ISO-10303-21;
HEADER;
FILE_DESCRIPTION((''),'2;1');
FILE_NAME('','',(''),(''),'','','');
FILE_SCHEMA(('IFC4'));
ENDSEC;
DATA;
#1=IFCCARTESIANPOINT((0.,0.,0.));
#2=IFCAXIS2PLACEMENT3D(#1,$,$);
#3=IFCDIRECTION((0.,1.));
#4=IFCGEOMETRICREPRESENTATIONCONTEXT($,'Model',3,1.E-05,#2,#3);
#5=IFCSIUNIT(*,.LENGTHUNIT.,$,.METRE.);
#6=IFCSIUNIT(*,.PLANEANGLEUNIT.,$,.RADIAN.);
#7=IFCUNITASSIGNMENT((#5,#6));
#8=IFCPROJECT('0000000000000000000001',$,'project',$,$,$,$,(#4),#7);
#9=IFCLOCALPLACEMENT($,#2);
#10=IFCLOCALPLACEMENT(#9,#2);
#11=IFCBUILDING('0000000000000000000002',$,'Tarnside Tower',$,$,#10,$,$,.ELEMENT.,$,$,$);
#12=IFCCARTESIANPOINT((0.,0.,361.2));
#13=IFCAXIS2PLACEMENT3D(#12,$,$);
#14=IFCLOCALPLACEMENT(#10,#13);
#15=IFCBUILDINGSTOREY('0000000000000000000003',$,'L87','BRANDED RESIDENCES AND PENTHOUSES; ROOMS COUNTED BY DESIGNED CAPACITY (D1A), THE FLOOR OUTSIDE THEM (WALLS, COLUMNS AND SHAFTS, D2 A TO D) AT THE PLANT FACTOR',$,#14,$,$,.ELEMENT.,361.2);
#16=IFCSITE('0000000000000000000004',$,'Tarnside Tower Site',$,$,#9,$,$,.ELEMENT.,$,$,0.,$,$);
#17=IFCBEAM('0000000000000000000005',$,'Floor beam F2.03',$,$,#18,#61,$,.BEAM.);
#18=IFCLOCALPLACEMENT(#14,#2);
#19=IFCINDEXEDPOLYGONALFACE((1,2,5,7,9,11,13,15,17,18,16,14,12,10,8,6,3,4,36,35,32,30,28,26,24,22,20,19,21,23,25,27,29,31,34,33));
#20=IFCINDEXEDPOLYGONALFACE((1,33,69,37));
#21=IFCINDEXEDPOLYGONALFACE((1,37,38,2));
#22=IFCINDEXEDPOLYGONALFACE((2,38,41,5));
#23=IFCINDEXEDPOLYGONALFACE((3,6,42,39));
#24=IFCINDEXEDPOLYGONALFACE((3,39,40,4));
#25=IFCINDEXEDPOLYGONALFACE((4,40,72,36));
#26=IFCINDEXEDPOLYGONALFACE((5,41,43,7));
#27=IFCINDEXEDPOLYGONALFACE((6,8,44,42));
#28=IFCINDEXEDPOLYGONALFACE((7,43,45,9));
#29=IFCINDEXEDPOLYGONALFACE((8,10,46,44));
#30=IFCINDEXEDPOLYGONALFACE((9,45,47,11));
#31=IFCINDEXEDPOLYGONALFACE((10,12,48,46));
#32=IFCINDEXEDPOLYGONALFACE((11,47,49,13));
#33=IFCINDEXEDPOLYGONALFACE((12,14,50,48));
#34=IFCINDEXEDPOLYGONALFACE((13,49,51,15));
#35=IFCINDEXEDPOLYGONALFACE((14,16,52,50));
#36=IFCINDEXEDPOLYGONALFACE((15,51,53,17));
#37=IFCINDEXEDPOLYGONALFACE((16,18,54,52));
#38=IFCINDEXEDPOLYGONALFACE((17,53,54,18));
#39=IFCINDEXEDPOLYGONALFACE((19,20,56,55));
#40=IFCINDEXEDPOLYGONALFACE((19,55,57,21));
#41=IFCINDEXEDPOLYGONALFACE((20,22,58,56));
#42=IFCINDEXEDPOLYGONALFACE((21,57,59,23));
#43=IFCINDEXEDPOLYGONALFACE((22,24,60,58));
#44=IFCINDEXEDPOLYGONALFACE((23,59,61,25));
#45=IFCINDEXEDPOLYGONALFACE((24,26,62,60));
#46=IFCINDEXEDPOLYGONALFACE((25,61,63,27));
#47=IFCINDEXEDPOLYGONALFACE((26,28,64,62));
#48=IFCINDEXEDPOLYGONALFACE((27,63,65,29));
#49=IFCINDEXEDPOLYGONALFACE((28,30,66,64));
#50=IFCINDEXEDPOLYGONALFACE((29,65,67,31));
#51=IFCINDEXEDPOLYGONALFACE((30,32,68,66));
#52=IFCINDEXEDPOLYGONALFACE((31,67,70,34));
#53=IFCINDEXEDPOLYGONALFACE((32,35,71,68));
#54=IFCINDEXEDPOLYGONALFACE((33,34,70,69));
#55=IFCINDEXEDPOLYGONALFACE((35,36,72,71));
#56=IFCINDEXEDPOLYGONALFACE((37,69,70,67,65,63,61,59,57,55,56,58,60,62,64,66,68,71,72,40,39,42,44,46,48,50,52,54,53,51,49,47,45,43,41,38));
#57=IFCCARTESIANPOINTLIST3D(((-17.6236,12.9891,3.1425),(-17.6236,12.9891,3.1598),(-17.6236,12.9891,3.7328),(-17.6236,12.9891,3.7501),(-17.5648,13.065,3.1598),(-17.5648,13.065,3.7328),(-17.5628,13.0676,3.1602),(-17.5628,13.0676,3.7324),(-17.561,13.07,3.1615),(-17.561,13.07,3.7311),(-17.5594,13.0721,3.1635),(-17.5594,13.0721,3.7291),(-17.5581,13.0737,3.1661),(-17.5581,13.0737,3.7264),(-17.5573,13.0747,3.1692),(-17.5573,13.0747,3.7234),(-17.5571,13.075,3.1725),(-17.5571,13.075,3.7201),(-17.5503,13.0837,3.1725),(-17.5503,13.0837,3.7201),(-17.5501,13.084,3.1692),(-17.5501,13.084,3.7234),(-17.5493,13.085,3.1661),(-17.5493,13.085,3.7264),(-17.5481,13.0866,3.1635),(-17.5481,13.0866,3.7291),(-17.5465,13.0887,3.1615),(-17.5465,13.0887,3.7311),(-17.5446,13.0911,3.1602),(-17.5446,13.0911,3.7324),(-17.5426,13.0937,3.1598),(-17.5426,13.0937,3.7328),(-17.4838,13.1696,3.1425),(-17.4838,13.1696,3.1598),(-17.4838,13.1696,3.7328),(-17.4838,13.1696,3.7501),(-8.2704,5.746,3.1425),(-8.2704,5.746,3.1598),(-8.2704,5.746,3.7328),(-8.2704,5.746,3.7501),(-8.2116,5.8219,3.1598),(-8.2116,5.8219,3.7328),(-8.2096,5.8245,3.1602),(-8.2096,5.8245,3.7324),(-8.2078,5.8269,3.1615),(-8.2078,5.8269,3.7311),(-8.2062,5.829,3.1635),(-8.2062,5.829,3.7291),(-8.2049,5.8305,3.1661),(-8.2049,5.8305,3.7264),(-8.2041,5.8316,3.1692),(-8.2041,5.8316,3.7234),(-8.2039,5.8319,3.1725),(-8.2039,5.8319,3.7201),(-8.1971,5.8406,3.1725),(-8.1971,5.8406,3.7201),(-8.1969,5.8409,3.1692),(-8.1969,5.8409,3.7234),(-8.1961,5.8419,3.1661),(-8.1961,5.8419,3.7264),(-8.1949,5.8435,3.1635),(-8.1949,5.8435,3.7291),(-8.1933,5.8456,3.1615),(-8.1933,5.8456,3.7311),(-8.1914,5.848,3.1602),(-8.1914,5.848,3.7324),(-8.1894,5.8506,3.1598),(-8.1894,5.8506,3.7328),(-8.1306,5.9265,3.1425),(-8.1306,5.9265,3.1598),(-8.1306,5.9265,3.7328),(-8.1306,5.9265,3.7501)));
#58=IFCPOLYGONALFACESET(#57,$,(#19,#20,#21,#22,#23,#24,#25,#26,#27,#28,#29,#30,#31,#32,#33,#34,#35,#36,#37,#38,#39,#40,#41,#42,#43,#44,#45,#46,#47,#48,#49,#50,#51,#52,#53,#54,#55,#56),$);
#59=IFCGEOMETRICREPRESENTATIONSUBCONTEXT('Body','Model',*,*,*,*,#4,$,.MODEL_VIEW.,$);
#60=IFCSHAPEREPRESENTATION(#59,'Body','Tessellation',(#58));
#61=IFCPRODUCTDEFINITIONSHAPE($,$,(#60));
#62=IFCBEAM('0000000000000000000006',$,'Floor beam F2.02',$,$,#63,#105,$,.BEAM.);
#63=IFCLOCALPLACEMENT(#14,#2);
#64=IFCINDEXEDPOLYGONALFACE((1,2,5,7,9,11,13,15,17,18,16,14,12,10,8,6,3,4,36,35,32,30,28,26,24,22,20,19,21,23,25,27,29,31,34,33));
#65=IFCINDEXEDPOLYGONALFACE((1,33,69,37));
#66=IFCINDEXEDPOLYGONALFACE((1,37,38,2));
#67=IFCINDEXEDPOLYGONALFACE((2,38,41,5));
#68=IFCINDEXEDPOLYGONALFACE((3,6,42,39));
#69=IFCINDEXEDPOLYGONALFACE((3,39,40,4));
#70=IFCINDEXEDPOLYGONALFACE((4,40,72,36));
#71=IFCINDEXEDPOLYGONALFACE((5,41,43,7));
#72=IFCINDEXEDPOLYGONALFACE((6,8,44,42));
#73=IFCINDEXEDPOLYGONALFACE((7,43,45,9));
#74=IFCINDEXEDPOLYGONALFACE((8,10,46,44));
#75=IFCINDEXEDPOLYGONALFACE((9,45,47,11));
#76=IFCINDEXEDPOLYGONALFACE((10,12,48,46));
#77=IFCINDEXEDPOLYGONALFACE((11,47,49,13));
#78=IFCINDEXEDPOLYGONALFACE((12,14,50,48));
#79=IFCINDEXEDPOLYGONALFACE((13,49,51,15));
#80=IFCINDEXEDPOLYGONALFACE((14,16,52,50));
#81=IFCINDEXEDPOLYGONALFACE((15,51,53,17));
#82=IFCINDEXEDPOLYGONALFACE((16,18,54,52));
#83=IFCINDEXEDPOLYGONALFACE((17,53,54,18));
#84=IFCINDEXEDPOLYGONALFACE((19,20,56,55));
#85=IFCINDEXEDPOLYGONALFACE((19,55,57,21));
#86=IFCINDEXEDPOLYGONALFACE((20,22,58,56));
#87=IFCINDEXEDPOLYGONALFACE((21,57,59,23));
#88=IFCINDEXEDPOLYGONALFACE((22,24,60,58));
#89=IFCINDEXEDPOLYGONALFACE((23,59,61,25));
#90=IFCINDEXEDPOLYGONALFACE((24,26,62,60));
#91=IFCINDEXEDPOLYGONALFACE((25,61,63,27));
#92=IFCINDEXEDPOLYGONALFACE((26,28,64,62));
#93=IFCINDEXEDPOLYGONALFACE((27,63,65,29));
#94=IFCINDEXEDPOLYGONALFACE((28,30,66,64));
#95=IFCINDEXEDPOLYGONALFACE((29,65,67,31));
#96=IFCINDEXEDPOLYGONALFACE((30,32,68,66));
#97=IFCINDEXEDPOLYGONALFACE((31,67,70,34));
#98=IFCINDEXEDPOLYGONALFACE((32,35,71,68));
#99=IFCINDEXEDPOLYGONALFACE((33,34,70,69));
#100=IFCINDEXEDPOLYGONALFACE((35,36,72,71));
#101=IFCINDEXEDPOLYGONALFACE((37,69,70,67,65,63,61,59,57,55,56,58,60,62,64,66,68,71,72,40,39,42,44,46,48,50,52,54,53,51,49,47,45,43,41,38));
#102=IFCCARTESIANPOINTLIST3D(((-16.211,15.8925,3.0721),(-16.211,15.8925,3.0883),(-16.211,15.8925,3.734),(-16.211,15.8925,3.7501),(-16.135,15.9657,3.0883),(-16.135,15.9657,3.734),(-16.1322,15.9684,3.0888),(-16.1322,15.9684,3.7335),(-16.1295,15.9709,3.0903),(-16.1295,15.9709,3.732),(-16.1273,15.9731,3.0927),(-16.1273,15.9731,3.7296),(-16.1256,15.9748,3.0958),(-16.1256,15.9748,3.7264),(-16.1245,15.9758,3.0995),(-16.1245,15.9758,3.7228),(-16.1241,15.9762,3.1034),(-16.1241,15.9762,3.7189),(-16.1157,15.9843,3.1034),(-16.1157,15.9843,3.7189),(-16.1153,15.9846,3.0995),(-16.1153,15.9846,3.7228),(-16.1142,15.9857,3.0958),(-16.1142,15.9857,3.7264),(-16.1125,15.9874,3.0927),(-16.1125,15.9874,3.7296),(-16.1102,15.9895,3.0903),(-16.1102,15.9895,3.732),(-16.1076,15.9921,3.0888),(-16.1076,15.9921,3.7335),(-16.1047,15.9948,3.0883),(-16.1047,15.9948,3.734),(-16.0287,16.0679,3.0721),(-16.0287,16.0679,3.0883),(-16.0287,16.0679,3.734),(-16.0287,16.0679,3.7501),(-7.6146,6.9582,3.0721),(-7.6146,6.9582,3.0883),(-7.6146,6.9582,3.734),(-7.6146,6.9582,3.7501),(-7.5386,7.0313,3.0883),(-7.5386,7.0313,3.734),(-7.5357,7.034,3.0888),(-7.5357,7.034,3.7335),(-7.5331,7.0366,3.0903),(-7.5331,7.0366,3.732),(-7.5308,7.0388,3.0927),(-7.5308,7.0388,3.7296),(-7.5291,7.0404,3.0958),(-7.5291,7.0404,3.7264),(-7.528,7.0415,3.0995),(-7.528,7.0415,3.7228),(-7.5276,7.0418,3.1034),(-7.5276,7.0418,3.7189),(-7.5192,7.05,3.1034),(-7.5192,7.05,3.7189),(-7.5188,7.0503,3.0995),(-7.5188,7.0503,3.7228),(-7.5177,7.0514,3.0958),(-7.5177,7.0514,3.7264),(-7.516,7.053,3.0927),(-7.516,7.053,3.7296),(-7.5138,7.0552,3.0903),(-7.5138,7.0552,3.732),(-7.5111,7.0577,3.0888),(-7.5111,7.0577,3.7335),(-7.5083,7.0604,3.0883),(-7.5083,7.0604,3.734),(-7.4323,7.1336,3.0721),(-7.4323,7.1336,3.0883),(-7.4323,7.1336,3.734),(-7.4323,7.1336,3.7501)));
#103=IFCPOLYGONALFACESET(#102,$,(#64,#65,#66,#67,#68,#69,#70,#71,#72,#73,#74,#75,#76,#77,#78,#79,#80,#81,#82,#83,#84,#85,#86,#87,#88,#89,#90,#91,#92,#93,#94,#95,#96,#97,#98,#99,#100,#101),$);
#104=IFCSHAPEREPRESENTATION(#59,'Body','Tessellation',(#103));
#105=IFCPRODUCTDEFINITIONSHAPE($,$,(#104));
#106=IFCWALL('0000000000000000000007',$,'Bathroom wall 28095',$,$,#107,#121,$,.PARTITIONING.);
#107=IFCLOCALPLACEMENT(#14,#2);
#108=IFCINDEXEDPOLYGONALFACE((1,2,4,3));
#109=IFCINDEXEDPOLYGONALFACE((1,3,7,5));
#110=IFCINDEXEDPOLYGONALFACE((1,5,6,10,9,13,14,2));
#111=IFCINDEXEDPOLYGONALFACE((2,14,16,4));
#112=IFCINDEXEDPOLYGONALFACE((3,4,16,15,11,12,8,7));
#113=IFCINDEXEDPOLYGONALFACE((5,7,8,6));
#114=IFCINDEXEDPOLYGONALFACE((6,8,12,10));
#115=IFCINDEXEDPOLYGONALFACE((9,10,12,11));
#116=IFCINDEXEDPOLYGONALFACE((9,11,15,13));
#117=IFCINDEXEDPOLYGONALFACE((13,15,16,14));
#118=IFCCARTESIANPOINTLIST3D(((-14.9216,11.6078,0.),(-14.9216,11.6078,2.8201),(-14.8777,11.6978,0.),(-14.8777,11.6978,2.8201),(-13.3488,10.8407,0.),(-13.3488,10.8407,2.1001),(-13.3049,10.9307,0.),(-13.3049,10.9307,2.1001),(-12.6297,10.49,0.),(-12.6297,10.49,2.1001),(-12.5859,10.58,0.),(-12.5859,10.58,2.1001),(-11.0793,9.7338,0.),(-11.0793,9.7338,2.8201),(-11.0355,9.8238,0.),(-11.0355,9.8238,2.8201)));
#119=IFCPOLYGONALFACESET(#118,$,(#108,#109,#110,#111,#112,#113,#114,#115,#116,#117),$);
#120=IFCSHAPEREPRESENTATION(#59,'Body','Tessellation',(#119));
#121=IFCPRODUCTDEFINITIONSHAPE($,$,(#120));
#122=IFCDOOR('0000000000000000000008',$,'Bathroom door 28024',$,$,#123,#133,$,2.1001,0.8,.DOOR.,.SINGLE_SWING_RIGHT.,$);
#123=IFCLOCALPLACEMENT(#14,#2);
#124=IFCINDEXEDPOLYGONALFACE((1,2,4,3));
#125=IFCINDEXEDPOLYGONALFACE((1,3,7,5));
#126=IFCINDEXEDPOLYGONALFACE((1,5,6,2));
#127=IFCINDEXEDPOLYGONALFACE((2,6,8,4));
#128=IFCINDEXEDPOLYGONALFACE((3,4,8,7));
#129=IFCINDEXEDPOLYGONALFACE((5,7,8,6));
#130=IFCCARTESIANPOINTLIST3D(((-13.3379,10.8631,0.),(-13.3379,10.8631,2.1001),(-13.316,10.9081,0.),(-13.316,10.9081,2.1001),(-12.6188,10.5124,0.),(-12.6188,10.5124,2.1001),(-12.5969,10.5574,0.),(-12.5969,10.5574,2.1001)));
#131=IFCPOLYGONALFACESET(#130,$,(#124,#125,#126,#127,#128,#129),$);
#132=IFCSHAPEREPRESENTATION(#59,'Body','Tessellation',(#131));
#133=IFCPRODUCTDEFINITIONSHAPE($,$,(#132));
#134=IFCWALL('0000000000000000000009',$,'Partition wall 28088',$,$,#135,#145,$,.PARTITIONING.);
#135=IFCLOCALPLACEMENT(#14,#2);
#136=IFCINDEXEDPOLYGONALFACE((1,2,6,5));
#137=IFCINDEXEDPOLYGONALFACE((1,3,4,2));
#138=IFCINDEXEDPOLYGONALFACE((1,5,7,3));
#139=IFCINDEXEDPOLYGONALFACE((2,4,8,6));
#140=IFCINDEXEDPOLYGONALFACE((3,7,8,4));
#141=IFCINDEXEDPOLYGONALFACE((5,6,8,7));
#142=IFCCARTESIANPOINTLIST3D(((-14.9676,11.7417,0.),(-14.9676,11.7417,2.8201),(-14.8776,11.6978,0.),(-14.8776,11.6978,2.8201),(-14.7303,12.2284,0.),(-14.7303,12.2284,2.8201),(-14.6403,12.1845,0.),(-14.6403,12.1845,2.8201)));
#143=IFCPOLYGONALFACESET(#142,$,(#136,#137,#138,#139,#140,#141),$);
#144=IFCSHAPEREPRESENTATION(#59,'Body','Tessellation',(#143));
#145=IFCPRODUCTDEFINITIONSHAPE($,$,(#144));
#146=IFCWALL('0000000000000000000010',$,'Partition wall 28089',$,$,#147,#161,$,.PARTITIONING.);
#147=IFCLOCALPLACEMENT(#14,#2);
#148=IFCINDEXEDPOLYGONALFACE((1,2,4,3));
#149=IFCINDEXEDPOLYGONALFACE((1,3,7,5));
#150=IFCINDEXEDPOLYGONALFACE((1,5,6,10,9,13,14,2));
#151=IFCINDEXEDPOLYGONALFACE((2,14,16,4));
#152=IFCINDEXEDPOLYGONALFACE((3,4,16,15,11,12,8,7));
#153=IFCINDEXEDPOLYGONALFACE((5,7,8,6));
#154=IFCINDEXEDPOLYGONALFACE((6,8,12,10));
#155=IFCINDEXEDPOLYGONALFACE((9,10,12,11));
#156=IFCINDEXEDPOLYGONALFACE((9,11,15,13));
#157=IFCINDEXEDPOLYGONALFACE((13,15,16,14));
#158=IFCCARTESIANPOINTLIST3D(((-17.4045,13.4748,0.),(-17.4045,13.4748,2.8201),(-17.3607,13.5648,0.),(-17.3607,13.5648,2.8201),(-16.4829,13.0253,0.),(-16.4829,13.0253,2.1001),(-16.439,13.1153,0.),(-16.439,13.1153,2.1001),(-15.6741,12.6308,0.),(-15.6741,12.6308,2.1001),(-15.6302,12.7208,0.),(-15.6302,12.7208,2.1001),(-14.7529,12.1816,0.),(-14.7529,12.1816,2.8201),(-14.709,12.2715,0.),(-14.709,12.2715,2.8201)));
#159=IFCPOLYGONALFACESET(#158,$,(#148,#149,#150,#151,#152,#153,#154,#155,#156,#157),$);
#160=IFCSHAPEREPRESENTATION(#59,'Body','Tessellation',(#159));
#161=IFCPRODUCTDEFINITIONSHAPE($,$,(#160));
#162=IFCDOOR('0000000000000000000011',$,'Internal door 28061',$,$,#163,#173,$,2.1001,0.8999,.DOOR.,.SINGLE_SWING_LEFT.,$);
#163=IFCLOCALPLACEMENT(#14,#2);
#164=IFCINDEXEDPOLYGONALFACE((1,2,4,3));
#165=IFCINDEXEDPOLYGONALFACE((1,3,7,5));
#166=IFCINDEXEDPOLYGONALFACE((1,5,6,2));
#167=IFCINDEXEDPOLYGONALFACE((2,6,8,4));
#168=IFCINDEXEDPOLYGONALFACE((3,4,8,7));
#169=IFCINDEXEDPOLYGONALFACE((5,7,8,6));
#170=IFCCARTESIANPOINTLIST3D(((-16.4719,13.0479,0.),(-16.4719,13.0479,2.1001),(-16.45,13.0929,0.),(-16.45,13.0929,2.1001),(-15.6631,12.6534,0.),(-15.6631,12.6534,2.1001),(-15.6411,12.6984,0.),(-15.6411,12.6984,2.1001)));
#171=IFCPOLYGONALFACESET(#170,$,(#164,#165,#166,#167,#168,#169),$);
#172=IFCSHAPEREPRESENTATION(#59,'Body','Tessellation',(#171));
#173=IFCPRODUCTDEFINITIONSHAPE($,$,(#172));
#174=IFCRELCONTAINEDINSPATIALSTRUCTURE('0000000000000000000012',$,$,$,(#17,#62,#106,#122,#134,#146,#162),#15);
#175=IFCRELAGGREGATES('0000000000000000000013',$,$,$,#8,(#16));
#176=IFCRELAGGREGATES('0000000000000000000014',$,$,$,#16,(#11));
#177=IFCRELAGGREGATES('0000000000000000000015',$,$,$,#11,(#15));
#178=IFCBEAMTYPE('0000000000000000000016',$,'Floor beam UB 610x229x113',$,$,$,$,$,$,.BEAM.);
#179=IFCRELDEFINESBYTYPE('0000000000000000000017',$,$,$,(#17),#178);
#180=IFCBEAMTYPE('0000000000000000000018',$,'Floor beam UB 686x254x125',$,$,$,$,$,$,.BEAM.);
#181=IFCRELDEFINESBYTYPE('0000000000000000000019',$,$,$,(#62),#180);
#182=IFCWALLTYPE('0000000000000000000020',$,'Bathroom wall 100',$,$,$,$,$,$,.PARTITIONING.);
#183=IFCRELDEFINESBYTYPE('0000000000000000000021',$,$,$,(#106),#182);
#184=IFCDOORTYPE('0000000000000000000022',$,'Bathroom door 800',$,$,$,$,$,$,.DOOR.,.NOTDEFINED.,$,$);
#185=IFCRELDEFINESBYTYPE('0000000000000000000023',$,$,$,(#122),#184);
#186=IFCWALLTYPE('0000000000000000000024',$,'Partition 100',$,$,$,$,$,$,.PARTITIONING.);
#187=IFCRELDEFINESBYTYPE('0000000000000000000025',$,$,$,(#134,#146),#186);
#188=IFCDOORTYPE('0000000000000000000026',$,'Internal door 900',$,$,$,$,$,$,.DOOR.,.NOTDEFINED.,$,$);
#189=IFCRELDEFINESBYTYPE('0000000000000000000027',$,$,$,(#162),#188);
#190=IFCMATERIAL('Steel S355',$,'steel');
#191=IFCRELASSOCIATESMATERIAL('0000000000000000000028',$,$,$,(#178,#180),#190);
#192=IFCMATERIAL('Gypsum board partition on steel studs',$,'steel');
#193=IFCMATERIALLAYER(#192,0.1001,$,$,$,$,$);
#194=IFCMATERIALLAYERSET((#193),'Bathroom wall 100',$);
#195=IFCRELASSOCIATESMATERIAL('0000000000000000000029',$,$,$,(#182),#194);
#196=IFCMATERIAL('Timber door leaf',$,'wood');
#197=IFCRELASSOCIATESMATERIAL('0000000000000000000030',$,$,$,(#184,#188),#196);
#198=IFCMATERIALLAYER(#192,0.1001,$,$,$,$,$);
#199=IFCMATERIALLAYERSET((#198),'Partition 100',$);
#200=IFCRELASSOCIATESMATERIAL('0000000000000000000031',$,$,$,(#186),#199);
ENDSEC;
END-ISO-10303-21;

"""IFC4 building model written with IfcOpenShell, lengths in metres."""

from ifc_helpers import new_model, si_unit, direction, frame, frame_2d, origin, origin_2d, place, context, subcontext, project, spatial, rectangle, i_section, extrude, material, layer, layer_set, material_profile, profile_set, type_object, element, fill, save


model = new_model("IFC4")

# Units and contexts
model_context = context("Model", 3, precision=1e-05, world=origin(), true_north=direction((0.0, 1.0)))
body_context = subcontext(model_context, "Body", "Model", "MODEL_VIEW")
ifc_project = project(units=[si_unit("LENGTHUNIT", "METRE"), si_unit("PLANEANGLEUNIT", "RADIAN")], contexts=[model_context])

# Site, building, storey
site_placement = place(None, origin())
site = spatial("IfcSite", under=ifc_project, at=site_placement, Name="Tarnside Tower Site", CompositionType="ELEMENT", RefElevation=0.0)
building_placement = place(site_placement, origin())
building = spatial("IfcBuilding", under=site, at=building_placement, Name="Tarnside Tower", CompositionType="ELEMENT")
storey_placement = place(building_placement, frame((0.0, 0.0, 361.2)))
storey = spatial("IfcBuildingStorey", under=building, at=storey_placement, Name="L87", Description="BRANDED RESIDENCES AND PENTHOUSES; ROOMS COUNTED BY DESIGNED CAPACITY (D1A), THE FLOOR OUTSIDE THEM (WALLS, COLUMNS AND SHAFTS, D2 A TO D) AT THE PLANT FACTOR", CompositionType="ELEMENT", Elevation=361.2)

# Beams
ifc_material_1 = material(Name="Steel S355", Category="steel")
ifc_material_profile_1 = material_profile(ifc_material_1, i_section(OverallWidth=0.2283, OverallDepth=0.6077, WebThickness=0.011, FlangeThickness=0.0173, FilletRadius=0.0127, at=origin_2d()), Name="UB 610x229x113")
ifc_profile_set_1 = profile_set([ifc_material_profile_1], Name="Steel S355")
beam_type_1 = type_object("IfcBeamType", Name="Floor beam UB 610x229x113", PredefinedType="BEAM", material=ifc_profile_set_1)
beam_1_placement = place(storey_placement, frame((-17.5537, 13.0793, 3.4463), z_axis=(0.790645, -0.612275, 0.0), x_axis=(0.612275, 0.790645, 0.0)))
element("IfcBeam", 1, at=beam_1_placement, inside=storey, type_object=beam_type_1, Name="Floor beam F2.03", PredefinedType="BEAM", context=body_context, shape_type="SweptSolid", body=[
    extrude(i_section(OverallWidth=0.2283, OverallDepth=0.6077, WebThickness=0.011, FlangeThickness=0.0173, FilletRadius=0.0127, at=origin_2d()), origin(), (0.0, 0.0, 1.0), 11.8298),
])
ifc_material_profile_2 = material_profile(ifc_material_1, i_section(OverallWidth=0.2529, OverallDepth=0.678, WebThickness=0.0117, FlangeThickness=0.0161, FilletRadius=0.0151, at=origin_2d()), Name="UB 686x254x125")
ifc_profile_set_2 = profile_set([ifc_material_profile_2], Name="Steel S355")
beam_type_2 = type_object("IfcBeamType", Name="Floor beam UB 686x254x125", PredefinedType="BEAM", material=ifc_profile_set_2)
beam_2_placement = place(storey_placement, frame((-16.1199, 15.9802, 3.4111), z_axis=(0.693349, -0.720602, 0.0), x_axis=(0.720602, 0.693349, 0.0)))
element("IfcBeam", 2, at=beam_2_placement, inside=storey, type_object=beam_type_2, Name="Floor beam F2.02", PredefinedType="BEAM", context=body_context, shape_type="SweptSolid", body=[
    extrude(i_section(OverallWidth=0.2529, OverallDepth=0.678, WebThickness=0.0117, FlangeThickness=0.0161, FilletRadius=0.0151, at=origin_2d()), origin(), (0.0, 0.0, 1.0), 12.3984),
])

# Wall, opening, door
ifc_material_2 = material(Name="Gypsum board partition on steel studs", Category="steel")
ifc_layer_1 = layer(ifc_material_2, 0.1001)
ifc_layer_set_1 = layer_set([ifc_layer_1], Name="Bathroom wall 100")
wall_type_1 = type_object("IfcWallType", Name="Bathroom wall 100", PredefinedType="PARTITIONING", material=ifc_layer_set_1)
wall_1_placement = place(storey_placement, frame((-14.8997, 11.6528, 0.0), z_axis=(0.0, 0.0, 1.0), x_axis=(0.898793, -0.438374, 0.0)))
wall_1 = element("IfcWall", 3, at=wall_1_placement, inside=storey, type_object=wall_type_1, Name="Bathroom wall 28095", PredefinedType="PARTITIONING", context=body_context, shape_type="SweptSolid", body=[
    extrude(rectangle(XDim=4.2749, YDim=0.1001, at=frame_2d((2.1375, 0.0))), origin(), (0.0, 0.0, 1.0), 2.8201),
])
opening_1_placement = place(wall_1_placement, frame((1.75, 0.0, 0.0)))
opening_1 = element("IfcOpeningElement", 4, at=opening_1_placement, cuts=wall_1, PredefinedType="OPENING", context=body_context, shape_type="SweptSolid", body=[
    extrude(rectangle(XDim=0.8, YDim=2.1001, at=frame_2d((0.3999, 1.05))), frame((0.0, 0.0601, 0.0), z_axis=(0.0, -1.0, 0.0), x_axis=(1.0, 0.0, 0.0)), (0.0, 0.0, 1.0), 0.1201),
])
ifc_material_3 = material(Name="Timber door leaf", Category="wood")
door_type_1 = type_object("IfcDoorType", Name="Bathroom door 800", OperationType="NOTDEFINED", PredefinedType="DOOR", material=ifc_material_3)
door_1_placement = place(opening_1_placement, origin())
door_1 = element("IfcDoor", 5, at=door_1_placement, inside=storey, type_object=door_type_1, Name="Bathroom door 28024", OperationType="SINGLE_SWING_RIGHT", OverallHeight=2.1001, OverallWidth=0.8, PredefinedType="DOOR", context=body_context, shape_type="SweptSolid", body=[
    extrude(rectangle(XDim=0.8, YDim=2.1001, at=frame_2d((0.3999, 1.05))), frame((0.0, 0.0249, 0.0), z_axis=(0.0, -1.0, 0.0), x_axis=(1.0, 0.0, 0.0)), (0.0, 0.0, 1.0), 0.05),
])
fill(opening_1, door_1)

# Wall
ifc_layer_2 = layer(ifc_material_2, 0.1001)
ifc_layer_set_2 = layer_set([ifc_layer_2], Name="Partition 100")
wall_type_2 = type_object("IfcWallType", Name="Partition 100", PredefinedType="PARTITIONING", material=ifc_layer_set_2)
wall_2_placement = place(storey_placement, frame((-14.9226, 11.7197, 0.0), z_axis=(0.0, 0.0, 1.0), x_axis=(0.438175, 0.89889, 0.0)))
element("IfcWall", 6, at=wall_2_placement, inside=storey, type_object=wall_type_2, Name="Partition wall 28088", PredefinedType="PARTITIONING", context=body_context, shape_type="SweptSolid", body=[
    extrude(rectangle(XDim=0.5415, YDim=0.1001, at=frame_2d((0.2708, 0.0))), origin(), (0.0, 0.0, 1.0), 2.8201),
])

# Wall, opening, door
wall_3_placement = place(storey_placement, frame((-14.731, 12.2266, 0.0), z_axis=(0.0, 0.0, 1.0), x_axis=(-0.898803, 0.438354, 0.0)))
wall_3 = element("IfcWall", 7, at=wall_3_placement, inside=storey, type_object=wall_type_2, Name="Partition wall 28089", PredefinedType="PARTITIONING", context=body_context, shape_type="SweptSolid", body=[
    extrude(rectangle(XDim=2.9502, YDim=0.1001, at=frame_2d((1.4751, 0.0))), origin(), (0.0, 0.0, 1.0), 2.8201),
])
opening_2_placement = place(wall_3_placement, frame((1.0249, 0.0, 0.0)))
opening_2 = element("IfcOpeningElement", 8, at=opening_2_placement, cuts=wall_3, PredefinedType="OPENING", context=body_context, shape_type="SweptSolid", body=[
    extrude(rectangle(XDim=0.8999, YDim=2.1001, at=frame_2d((0.45, 1.05))), frame((0.0, 0.0601, 0.0), z_axis=(0.0, -1.0, 0.0), x_axis=(1.0, 0.0, 0.0)), (0.0, 0.0, 1.0), 0.1201),
])
door_type_2 = type_object("IfcDoorType", Name="Internal door 900", OperationType="NOTDEFINED", PredefinedType="DOOR", material=ifc_material_3)
door_2_placement = place(opening_2_placement, origin())
door_2 = element("IfcDoor", 9, at=door_2_placement, inside=storey, type_object=door_type_2, Name="Internal door 28061", OperationType="SINGLE_SWING_LEFT", OverallHeight=2.1001, OverallWidth=0.8999, PredefinedType="DOOR", context=body_context, shape_type="SweptSolid", body=[
    extrude(rectangle(XDim=0.8999, YDim=2.1001, at=frame_2d((0.45, 1.05))), frame((0.0, 0.0249, 0.0), z_axis=(0.0, -1.0, 0.0), x_axis=(1.0, 0.0, 0.0)), (0.0, 0.0, 1.0), 0.05),
])
fill(opening_2, door_2)

save(model, "model.ifc")
